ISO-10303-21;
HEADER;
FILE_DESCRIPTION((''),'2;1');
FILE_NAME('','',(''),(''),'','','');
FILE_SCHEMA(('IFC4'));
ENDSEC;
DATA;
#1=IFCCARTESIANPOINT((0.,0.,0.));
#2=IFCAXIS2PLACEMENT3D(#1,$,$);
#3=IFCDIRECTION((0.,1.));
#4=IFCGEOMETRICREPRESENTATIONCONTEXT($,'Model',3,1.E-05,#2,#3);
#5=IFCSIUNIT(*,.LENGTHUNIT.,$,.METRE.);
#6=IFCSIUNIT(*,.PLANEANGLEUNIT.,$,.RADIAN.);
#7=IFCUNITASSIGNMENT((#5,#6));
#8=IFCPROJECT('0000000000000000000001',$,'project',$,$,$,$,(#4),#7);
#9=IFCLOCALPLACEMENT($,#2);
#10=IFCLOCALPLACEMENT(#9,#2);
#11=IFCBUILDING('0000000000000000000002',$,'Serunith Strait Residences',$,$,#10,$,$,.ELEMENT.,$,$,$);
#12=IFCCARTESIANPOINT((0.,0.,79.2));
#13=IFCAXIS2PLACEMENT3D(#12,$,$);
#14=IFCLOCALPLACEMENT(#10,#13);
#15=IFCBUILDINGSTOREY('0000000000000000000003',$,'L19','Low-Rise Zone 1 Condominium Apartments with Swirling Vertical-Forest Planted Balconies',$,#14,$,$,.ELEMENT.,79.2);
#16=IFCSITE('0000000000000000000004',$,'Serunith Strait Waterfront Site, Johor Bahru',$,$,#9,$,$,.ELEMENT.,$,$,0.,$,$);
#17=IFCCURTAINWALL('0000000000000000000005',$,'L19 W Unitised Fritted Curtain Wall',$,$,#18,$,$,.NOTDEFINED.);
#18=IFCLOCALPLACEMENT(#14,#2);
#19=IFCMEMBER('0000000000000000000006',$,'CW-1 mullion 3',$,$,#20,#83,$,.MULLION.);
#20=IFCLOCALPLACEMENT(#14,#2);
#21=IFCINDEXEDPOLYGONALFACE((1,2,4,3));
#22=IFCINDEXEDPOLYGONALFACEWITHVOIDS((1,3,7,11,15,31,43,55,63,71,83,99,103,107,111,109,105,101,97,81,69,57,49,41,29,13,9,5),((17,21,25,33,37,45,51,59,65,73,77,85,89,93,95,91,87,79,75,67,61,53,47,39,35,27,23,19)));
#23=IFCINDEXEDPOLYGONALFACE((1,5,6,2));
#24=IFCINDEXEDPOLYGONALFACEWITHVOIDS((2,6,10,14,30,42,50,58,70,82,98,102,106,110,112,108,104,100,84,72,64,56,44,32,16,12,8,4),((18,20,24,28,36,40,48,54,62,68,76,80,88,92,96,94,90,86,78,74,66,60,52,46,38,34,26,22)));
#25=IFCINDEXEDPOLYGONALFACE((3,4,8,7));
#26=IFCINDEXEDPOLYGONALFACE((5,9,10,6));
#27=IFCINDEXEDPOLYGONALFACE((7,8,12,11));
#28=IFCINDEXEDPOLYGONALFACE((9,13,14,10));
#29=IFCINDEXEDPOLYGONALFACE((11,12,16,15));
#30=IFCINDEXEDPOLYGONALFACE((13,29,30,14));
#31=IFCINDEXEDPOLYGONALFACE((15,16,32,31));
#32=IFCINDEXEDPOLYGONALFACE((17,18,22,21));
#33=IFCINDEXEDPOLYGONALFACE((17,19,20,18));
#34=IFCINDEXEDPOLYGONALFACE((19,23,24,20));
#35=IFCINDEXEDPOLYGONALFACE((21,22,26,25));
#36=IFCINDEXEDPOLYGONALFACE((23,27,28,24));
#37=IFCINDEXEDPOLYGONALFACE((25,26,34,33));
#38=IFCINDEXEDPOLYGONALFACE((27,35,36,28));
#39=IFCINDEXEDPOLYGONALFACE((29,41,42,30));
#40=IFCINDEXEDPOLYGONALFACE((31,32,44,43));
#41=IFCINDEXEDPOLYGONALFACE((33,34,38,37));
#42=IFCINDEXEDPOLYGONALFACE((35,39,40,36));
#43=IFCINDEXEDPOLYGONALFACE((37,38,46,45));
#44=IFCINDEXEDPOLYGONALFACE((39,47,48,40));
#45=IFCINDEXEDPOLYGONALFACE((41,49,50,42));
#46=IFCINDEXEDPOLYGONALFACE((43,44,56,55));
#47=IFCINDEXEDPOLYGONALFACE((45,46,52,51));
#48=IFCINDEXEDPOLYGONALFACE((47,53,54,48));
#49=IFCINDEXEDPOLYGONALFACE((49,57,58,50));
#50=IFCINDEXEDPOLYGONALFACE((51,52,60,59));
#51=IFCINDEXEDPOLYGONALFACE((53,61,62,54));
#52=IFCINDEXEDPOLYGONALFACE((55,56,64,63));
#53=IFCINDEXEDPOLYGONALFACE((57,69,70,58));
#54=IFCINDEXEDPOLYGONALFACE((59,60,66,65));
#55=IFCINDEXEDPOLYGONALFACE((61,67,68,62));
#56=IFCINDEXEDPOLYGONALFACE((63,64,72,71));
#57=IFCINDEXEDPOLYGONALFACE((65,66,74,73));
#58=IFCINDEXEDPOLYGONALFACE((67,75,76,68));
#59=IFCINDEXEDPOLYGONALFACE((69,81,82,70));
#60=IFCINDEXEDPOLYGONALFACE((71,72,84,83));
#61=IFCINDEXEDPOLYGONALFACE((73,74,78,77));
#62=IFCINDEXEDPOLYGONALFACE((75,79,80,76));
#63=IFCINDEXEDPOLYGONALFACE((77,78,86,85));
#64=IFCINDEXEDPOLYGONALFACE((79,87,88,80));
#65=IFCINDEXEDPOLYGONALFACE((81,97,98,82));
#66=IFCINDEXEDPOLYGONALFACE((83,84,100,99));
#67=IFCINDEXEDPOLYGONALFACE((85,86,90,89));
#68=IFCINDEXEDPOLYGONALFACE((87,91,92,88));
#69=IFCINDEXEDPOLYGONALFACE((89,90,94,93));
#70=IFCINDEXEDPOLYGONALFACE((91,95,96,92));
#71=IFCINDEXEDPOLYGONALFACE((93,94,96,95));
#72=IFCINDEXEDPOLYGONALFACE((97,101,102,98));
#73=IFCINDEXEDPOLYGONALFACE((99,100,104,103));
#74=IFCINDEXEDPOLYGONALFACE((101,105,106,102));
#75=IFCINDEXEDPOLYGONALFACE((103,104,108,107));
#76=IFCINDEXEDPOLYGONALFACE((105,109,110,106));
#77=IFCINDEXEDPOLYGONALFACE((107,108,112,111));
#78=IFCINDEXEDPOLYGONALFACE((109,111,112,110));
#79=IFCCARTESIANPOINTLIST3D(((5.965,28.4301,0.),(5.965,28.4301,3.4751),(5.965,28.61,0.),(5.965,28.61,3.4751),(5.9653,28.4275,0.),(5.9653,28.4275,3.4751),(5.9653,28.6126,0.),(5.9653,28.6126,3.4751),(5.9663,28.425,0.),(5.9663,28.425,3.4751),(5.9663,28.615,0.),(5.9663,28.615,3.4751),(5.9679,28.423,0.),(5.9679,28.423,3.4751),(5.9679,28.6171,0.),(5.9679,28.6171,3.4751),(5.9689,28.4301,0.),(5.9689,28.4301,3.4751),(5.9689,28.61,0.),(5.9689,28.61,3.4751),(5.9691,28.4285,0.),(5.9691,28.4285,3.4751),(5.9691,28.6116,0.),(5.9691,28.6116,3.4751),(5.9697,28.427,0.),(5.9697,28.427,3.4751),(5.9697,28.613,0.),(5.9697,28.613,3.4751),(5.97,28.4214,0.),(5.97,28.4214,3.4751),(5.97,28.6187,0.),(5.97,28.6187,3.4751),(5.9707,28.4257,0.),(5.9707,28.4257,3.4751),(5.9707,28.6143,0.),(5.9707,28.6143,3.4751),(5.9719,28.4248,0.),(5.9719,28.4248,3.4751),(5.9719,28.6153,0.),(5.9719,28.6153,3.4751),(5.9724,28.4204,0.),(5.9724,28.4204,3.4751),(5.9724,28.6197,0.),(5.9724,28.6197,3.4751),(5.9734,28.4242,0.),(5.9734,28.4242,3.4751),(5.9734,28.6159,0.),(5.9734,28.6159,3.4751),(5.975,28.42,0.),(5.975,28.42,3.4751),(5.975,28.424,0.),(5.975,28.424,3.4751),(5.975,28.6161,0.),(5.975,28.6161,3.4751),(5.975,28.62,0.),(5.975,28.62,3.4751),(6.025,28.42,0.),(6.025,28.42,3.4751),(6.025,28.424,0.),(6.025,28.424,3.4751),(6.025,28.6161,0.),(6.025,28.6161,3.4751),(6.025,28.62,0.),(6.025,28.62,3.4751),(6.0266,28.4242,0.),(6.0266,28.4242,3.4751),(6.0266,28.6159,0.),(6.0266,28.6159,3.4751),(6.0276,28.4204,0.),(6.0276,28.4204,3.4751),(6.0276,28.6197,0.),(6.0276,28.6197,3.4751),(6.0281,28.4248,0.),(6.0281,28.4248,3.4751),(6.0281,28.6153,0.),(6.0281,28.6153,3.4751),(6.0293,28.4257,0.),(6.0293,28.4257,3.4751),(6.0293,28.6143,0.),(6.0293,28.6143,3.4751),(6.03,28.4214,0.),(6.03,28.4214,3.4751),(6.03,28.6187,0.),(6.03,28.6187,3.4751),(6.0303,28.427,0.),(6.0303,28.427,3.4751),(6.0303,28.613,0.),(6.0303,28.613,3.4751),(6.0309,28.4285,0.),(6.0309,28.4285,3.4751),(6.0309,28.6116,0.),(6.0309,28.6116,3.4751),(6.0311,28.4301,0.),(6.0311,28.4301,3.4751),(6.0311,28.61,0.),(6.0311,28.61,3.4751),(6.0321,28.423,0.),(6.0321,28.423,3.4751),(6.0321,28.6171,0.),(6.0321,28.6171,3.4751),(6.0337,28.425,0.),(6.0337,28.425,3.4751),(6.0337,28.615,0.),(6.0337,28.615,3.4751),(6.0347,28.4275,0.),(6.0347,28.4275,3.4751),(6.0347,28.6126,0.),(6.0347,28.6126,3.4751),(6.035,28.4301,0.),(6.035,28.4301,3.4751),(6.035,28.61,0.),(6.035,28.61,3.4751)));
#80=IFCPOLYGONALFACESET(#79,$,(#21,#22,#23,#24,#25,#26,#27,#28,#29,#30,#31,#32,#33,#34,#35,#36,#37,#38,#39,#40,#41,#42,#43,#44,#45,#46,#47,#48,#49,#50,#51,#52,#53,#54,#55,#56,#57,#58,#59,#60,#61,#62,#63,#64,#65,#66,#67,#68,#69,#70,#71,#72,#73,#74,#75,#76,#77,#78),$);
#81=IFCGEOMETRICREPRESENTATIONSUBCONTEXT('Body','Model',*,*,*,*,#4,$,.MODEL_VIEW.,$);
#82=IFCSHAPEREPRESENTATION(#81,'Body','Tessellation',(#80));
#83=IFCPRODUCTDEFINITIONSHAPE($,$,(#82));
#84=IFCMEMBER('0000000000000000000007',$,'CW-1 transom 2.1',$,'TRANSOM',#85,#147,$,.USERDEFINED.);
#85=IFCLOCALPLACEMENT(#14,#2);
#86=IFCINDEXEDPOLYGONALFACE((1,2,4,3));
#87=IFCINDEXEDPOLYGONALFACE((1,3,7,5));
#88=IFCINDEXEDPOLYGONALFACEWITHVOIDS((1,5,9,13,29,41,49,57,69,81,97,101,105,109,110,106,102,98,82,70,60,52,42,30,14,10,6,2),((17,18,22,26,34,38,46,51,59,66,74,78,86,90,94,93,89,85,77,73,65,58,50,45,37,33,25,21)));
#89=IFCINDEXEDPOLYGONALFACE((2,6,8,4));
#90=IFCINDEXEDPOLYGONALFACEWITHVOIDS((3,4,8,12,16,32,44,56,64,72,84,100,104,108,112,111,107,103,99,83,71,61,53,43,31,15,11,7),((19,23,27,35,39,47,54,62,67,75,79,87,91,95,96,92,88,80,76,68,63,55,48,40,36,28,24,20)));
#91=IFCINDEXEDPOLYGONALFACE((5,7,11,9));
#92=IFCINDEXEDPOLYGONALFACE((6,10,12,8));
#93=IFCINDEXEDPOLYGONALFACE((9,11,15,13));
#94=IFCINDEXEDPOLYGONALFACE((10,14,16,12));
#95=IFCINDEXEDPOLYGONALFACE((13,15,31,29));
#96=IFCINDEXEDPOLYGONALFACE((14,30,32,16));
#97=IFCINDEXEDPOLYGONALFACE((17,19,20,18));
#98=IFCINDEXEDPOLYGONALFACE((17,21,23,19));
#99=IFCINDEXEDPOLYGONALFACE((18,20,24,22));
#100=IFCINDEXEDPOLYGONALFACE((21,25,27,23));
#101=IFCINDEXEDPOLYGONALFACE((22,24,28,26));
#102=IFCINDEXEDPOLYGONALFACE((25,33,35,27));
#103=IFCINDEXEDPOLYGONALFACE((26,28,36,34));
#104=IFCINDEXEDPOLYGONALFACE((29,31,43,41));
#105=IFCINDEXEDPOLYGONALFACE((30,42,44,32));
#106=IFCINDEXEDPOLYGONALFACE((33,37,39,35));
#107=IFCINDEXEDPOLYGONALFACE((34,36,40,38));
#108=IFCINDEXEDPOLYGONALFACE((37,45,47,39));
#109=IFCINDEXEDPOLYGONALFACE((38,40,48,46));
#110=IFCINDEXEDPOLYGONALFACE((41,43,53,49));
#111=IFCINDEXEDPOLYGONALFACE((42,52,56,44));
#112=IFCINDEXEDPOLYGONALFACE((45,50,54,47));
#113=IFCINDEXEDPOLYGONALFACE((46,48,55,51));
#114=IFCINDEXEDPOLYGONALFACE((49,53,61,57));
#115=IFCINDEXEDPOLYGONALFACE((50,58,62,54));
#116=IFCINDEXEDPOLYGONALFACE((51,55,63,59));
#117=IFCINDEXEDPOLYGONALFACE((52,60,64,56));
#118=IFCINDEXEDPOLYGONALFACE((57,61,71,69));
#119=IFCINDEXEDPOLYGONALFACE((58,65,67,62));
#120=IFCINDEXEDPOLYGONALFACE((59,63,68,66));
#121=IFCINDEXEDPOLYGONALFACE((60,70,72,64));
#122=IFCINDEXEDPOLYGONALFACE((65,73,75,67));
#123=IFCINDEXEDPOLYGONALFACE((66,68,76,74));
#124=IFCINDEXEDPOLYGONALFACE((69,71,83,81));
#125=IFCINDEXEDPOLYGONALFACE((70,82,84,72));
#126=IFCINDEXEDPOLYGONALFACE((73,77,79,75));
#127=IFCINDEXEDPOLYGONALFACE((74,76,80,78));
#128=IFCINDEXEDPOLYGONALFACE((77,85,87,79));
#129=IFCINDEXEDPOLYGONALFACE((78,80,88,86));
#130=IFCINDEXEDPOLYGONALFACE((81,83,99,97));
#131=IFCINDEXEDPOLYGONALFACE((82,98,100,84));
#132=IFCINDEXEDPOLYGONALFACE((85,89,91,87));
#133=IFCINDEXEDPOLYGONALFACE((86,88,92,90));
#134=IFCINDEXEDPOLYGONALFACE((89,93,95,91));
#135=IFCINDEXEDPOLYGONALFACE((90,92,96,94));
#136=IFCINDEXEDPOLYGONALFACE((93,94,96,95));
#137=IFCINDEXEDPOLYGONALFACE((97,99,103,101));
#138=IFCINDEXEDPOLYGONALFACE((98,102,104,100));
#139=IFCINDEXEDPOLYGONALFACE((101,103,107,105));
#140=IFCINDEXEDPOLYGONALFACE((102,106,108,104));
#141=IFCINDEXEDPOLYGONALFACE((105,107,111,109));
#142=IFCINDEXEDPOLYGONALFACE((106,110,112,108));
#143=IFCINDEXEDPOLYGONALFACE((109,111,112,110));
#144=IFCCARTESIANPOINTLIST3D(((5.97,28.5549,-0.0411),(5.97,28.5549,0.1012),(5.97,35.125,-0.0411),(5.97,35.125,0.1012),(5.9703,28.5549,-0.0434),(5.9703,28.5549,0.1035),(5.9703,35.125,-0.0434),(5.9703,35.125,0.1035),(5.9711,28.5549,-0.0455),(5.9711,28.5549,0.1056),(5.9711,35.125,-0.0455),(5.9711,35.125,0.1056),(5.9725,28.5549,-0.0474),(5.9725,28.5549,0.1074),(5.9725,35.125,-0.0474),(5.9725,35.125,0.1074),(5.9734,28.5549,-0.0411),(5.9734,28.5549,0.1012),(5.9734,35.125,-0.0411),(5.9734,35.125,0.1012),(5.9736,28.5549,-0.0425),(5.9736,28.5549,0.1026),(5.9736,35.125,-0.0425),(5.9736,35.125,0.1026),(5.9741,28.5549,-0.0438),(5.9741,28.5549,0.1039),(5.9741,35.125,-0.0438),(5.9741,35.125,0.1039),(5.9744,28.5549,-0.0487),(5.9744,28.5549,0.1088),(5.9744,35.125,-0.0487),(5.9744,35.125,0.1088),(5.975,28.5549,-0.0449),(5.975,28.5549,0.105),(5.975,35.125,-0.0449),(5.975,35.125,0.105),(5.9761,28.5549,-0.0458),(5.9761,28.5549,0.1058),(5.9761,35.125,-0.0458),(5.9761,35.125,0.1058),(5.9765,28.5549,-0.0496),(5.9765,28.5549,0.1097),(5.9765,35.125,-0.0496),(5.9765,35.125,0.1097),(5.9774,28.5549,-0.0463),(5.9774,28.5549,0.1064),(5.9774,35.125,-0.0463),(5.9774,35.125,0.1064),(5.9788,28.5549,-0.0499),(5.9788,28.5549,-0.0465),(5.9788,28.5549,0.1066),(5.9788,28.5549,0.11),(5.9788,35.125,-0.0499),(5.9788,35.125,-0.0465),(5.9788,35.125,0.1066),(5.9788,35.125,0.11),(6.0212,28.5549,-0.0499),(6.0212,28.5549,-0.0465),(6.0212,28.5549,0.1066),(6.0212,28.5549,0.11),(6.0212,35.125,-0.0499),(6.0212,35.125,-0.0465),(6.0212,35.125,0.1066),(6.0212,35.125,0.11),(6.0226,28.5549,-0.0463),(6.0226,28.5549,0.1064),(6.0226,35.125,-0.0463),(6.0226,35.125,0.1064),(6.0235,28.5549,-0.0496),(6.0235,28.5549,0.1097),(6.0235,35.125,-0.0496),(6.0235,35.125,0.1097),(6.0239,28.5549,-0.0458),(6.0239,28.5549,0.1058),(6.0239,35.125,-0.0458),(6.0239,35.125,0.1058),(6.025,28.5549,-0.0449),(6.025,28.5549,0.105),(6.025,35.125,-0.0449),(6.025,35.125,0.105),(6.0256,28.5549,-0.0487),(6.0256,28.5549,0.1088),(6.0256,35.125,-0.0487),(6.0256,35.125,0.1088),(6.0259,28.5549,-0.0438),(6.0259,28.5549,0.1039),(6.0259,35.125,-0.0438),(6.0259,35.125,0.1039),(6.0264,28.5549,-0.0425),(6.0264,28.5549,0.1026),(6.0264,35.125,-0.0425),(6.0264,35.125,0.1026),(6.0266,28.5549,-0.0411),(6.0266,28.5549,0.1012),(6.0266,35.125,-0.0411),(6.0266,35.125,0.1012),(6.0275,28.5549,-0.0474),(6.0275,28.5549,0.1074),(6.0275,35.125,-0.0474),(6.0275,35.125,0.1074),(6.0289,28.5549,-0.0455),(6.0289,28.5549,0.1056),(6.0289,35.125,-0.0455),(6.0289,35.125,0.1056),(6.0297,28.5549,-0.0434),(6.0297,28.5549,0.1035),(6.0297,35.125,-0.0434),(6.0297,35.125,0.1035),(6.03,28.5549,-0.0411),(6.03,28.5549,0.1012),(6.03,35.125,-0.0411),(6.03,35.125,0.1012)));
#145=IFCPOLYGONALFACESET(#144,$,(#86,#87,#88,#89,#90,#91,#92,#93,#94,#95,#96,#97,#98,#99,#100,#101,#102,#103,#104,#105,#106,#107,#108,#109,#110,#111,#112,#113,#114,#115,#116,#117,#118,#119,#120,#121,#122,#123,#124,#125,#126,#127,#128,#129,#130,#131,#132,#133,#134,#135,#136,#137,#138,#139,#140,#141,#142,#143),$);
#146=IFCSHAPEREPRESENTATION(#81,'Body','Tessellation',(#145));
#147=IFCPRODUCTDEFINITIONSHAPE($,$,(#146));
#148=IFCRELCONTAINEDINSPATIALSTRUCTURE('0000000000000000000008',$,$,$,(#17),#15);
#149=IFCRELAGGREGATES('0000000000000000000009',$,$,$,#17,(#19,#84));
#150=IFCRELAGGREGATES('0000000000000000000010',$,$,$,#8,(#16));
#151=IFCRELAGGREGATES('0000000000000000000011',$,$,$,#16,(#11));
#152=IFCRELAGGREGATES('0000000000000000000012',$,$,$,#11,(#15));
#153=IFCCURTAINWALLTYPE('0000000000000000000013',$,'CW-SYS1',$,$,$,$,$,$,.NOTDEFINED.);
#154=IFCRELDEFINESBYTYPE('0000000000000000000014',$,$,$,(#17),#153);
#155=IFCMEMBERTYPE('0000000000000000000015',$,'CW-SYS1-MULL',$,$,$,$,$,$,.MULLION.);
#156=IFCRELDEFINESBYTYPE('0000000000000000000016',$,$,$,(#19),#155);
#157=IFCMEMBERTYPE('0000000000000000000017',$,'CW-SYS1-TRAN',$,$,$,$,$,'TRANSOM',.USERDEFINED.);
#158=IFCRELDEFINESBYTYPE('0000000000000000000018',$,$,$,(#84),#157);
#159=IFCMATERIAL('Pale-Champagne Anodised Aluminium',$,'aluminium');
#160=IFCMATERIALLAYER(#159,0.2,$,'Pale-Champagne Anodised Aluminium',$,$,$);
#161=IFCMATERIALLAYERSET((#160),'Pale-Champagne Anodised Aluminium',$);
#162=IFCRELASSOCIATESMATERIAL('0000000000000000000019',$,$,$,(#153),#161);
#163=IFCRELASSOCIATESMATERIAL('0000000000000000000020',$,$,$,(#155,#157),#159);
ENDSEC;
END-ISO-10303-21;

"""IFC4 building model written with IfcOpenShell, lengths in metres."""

from ifc_helpers import new_model, si_unit, direction, frame, origin, origin_2d, place, context, subcontext, project, spatial, hollow_rectangle, extrude, source, transform, mapped, material, layer, layer_set, material_profile, profile_set, type_object, element, aggregate, save


model = new_model("IFC4")

# Units and contexts
model_context = context("Model", 3, precision=1e-05, world=origin(), true_north=direction((0.0, 1.0)))
body_context = subcontext(model_context, "Body", "Model", "MODEL_VIEW")
ifc_project = project(units=[si_unit("LENGTHUNIT", "METRE"), si_unit("PLANEANGLEUNIT", "RADIAN")], contexts=[model_context])

# Site, building, storey
site_placement = place(None, origin())
site = spatial("IfcSite", under=ifc_project, at=site_placement, Name="Serunith Strait Waterfront Site, Johor Bahru", CompositionType="ELEMENT", RefElevation=0.0)
building_placement = place(site_placement, origin())
building = spatial("IfcBuilding", under=site, at=building_placement, Name="Serunith Strait Residences", CompositionType="ELEMENT")
storey_placement = place(building_placement, frame((0.0, 0.0, 79.2)))
storey = spatial("IfcBuildingStorey", under=building, at=storey_placement, Name="L19", Description="Low-Rise Zone 1 Condominium Apartments with Swirling Vertical-Forest Planted Balconies", CompositionType="ELEMENT", Elevation=79.2)

# Curtain wall, members
ifc_material_1 = material(Name="Pale-Champagne Anodised Aluminium", Category="aluminium")
ifc_layer_1 = layer(ifc_material_1, 0.2, Name="Pale-Champagne Anodised Aluminium")
ifc_layer_set_1 = layer_set([ifc_layer_1], Name="Pale-Champagne Anodised Aluminium")
curtain_wall_type = type_object("IfcCurtainWallType", Name="CW-SYS1", PredefinedType="NOTDEFINED", material=ifc_layer_set_1)
curtain_wall_placement = place(storey_placement, origin())
curtain_wall = element("IfcCurtainWall", 1, at=curtain_wall_placement, inside=storey, type_object=curtain_wall_type, Name="L19 W Unitised Fritted Curtain Wall", PredefinedType="NOTDEFINED")
ifc_material_profile_1 = material_profile(ifc_material_1, hollow_rectangle(XDim=0.0701, YDim=0.2, WallThickness=0.0039, InnerFilletRadius=0.0061, OuterFilletRadius=0.01, at=origin_2d()), Name="ALU 200x70x4")
ifc_profile_set_1 = profile_set([ifc_material_profile_1], Name="Pale-Champagne Anodised Aluminium")
member_type_1 = type_object("IfcMemberType", Name="CW-SYS1-MULL", PredefinedType="MULLION", material=ifc_profile_set_1)
shared_shape_1 = source(origin(), body_context, "Body", "SweptSolid", [
    extrude(hollow_rectangle(XDim=0.0701, YDim=0.2, WallThickness=0.0039, InnerFilletRadius=0.0061, OuterFilletRadius=0.01, at=origin_2d()), origin(), (0.0, 0.0, 1.0), 3.4751),
])
member_1_placement = place(storey_placement, frame((6.0, 28.52, 0.0), z_axis=(0.0, 0.0, 1.0), x_axis=(1.0, 0.0, 0.0)))
member_1 = element("IfcMember", 2, at=member_1_placement, type_object=member_type_1, Name="CW-1 mullion 3", PredefinedType="MULLION", context=body_context, shape_type="MappedRepresentation", body=[
    mapped(shared_shape_1, transform((0.0, 0.0, 0.0), scale=1.0)),
])
ifc_material_profile_2 = material_profile(ifc_material_1, hollow_rectangle(XDim=0.0601, YDim=0.1599, WallThickness=0.0034, InnerFilletRadius=0.0054, OuterFilletRadius=0.0088, at=origin_2d()), Name="ALU 160x60x3.5")
ifc_profile_set_2 = profile_set([ifc_material_profile_2], Name="Pale-Champagne Anodised Aluminium")
member_type_2 = type_object("IfcMemberType", Name="CW-SYS1-TRAN", ElementType="TRANSOM", PredefinedType="USERDEFINED", material=ifc_profile_set_2)
shared_shape_2 = source(origin(), body_context, "Body", "SweptSolid", [
    extrude(hollow_rectangle(XDim=0.0601, YDim=0.1599, WallThickness=0.0034, InnerFilletRadius=0.0054, OuterFilletRadius=0.0088, at=origin_2d()), origin(), (0.0, 0.0, 1.0), 6.5701),
])
member_2_placement = place(storey_placement, frame((6.0, 35.125, 0.03), z_axis=(0.0, -1.0, 0.0), x_axis=(1.0, 0.0, 0.0)))
member_2 = element("IfcMember", 3, at=member_2_placement, type_object=member_type_2, Name="CW-1 transom 2.1", ObjectType="TRANSOM", PredefinedType="USERDEFINED", context=body_context, shape_type="MappedRepresentation", body=[
    mapped(shared_shape_2, transform((0.0, 0.0, 0.0), scale=1.0)),
])
aggregate(curtain_wall, [member_1, member_2])

save(model, "model.ifc")
